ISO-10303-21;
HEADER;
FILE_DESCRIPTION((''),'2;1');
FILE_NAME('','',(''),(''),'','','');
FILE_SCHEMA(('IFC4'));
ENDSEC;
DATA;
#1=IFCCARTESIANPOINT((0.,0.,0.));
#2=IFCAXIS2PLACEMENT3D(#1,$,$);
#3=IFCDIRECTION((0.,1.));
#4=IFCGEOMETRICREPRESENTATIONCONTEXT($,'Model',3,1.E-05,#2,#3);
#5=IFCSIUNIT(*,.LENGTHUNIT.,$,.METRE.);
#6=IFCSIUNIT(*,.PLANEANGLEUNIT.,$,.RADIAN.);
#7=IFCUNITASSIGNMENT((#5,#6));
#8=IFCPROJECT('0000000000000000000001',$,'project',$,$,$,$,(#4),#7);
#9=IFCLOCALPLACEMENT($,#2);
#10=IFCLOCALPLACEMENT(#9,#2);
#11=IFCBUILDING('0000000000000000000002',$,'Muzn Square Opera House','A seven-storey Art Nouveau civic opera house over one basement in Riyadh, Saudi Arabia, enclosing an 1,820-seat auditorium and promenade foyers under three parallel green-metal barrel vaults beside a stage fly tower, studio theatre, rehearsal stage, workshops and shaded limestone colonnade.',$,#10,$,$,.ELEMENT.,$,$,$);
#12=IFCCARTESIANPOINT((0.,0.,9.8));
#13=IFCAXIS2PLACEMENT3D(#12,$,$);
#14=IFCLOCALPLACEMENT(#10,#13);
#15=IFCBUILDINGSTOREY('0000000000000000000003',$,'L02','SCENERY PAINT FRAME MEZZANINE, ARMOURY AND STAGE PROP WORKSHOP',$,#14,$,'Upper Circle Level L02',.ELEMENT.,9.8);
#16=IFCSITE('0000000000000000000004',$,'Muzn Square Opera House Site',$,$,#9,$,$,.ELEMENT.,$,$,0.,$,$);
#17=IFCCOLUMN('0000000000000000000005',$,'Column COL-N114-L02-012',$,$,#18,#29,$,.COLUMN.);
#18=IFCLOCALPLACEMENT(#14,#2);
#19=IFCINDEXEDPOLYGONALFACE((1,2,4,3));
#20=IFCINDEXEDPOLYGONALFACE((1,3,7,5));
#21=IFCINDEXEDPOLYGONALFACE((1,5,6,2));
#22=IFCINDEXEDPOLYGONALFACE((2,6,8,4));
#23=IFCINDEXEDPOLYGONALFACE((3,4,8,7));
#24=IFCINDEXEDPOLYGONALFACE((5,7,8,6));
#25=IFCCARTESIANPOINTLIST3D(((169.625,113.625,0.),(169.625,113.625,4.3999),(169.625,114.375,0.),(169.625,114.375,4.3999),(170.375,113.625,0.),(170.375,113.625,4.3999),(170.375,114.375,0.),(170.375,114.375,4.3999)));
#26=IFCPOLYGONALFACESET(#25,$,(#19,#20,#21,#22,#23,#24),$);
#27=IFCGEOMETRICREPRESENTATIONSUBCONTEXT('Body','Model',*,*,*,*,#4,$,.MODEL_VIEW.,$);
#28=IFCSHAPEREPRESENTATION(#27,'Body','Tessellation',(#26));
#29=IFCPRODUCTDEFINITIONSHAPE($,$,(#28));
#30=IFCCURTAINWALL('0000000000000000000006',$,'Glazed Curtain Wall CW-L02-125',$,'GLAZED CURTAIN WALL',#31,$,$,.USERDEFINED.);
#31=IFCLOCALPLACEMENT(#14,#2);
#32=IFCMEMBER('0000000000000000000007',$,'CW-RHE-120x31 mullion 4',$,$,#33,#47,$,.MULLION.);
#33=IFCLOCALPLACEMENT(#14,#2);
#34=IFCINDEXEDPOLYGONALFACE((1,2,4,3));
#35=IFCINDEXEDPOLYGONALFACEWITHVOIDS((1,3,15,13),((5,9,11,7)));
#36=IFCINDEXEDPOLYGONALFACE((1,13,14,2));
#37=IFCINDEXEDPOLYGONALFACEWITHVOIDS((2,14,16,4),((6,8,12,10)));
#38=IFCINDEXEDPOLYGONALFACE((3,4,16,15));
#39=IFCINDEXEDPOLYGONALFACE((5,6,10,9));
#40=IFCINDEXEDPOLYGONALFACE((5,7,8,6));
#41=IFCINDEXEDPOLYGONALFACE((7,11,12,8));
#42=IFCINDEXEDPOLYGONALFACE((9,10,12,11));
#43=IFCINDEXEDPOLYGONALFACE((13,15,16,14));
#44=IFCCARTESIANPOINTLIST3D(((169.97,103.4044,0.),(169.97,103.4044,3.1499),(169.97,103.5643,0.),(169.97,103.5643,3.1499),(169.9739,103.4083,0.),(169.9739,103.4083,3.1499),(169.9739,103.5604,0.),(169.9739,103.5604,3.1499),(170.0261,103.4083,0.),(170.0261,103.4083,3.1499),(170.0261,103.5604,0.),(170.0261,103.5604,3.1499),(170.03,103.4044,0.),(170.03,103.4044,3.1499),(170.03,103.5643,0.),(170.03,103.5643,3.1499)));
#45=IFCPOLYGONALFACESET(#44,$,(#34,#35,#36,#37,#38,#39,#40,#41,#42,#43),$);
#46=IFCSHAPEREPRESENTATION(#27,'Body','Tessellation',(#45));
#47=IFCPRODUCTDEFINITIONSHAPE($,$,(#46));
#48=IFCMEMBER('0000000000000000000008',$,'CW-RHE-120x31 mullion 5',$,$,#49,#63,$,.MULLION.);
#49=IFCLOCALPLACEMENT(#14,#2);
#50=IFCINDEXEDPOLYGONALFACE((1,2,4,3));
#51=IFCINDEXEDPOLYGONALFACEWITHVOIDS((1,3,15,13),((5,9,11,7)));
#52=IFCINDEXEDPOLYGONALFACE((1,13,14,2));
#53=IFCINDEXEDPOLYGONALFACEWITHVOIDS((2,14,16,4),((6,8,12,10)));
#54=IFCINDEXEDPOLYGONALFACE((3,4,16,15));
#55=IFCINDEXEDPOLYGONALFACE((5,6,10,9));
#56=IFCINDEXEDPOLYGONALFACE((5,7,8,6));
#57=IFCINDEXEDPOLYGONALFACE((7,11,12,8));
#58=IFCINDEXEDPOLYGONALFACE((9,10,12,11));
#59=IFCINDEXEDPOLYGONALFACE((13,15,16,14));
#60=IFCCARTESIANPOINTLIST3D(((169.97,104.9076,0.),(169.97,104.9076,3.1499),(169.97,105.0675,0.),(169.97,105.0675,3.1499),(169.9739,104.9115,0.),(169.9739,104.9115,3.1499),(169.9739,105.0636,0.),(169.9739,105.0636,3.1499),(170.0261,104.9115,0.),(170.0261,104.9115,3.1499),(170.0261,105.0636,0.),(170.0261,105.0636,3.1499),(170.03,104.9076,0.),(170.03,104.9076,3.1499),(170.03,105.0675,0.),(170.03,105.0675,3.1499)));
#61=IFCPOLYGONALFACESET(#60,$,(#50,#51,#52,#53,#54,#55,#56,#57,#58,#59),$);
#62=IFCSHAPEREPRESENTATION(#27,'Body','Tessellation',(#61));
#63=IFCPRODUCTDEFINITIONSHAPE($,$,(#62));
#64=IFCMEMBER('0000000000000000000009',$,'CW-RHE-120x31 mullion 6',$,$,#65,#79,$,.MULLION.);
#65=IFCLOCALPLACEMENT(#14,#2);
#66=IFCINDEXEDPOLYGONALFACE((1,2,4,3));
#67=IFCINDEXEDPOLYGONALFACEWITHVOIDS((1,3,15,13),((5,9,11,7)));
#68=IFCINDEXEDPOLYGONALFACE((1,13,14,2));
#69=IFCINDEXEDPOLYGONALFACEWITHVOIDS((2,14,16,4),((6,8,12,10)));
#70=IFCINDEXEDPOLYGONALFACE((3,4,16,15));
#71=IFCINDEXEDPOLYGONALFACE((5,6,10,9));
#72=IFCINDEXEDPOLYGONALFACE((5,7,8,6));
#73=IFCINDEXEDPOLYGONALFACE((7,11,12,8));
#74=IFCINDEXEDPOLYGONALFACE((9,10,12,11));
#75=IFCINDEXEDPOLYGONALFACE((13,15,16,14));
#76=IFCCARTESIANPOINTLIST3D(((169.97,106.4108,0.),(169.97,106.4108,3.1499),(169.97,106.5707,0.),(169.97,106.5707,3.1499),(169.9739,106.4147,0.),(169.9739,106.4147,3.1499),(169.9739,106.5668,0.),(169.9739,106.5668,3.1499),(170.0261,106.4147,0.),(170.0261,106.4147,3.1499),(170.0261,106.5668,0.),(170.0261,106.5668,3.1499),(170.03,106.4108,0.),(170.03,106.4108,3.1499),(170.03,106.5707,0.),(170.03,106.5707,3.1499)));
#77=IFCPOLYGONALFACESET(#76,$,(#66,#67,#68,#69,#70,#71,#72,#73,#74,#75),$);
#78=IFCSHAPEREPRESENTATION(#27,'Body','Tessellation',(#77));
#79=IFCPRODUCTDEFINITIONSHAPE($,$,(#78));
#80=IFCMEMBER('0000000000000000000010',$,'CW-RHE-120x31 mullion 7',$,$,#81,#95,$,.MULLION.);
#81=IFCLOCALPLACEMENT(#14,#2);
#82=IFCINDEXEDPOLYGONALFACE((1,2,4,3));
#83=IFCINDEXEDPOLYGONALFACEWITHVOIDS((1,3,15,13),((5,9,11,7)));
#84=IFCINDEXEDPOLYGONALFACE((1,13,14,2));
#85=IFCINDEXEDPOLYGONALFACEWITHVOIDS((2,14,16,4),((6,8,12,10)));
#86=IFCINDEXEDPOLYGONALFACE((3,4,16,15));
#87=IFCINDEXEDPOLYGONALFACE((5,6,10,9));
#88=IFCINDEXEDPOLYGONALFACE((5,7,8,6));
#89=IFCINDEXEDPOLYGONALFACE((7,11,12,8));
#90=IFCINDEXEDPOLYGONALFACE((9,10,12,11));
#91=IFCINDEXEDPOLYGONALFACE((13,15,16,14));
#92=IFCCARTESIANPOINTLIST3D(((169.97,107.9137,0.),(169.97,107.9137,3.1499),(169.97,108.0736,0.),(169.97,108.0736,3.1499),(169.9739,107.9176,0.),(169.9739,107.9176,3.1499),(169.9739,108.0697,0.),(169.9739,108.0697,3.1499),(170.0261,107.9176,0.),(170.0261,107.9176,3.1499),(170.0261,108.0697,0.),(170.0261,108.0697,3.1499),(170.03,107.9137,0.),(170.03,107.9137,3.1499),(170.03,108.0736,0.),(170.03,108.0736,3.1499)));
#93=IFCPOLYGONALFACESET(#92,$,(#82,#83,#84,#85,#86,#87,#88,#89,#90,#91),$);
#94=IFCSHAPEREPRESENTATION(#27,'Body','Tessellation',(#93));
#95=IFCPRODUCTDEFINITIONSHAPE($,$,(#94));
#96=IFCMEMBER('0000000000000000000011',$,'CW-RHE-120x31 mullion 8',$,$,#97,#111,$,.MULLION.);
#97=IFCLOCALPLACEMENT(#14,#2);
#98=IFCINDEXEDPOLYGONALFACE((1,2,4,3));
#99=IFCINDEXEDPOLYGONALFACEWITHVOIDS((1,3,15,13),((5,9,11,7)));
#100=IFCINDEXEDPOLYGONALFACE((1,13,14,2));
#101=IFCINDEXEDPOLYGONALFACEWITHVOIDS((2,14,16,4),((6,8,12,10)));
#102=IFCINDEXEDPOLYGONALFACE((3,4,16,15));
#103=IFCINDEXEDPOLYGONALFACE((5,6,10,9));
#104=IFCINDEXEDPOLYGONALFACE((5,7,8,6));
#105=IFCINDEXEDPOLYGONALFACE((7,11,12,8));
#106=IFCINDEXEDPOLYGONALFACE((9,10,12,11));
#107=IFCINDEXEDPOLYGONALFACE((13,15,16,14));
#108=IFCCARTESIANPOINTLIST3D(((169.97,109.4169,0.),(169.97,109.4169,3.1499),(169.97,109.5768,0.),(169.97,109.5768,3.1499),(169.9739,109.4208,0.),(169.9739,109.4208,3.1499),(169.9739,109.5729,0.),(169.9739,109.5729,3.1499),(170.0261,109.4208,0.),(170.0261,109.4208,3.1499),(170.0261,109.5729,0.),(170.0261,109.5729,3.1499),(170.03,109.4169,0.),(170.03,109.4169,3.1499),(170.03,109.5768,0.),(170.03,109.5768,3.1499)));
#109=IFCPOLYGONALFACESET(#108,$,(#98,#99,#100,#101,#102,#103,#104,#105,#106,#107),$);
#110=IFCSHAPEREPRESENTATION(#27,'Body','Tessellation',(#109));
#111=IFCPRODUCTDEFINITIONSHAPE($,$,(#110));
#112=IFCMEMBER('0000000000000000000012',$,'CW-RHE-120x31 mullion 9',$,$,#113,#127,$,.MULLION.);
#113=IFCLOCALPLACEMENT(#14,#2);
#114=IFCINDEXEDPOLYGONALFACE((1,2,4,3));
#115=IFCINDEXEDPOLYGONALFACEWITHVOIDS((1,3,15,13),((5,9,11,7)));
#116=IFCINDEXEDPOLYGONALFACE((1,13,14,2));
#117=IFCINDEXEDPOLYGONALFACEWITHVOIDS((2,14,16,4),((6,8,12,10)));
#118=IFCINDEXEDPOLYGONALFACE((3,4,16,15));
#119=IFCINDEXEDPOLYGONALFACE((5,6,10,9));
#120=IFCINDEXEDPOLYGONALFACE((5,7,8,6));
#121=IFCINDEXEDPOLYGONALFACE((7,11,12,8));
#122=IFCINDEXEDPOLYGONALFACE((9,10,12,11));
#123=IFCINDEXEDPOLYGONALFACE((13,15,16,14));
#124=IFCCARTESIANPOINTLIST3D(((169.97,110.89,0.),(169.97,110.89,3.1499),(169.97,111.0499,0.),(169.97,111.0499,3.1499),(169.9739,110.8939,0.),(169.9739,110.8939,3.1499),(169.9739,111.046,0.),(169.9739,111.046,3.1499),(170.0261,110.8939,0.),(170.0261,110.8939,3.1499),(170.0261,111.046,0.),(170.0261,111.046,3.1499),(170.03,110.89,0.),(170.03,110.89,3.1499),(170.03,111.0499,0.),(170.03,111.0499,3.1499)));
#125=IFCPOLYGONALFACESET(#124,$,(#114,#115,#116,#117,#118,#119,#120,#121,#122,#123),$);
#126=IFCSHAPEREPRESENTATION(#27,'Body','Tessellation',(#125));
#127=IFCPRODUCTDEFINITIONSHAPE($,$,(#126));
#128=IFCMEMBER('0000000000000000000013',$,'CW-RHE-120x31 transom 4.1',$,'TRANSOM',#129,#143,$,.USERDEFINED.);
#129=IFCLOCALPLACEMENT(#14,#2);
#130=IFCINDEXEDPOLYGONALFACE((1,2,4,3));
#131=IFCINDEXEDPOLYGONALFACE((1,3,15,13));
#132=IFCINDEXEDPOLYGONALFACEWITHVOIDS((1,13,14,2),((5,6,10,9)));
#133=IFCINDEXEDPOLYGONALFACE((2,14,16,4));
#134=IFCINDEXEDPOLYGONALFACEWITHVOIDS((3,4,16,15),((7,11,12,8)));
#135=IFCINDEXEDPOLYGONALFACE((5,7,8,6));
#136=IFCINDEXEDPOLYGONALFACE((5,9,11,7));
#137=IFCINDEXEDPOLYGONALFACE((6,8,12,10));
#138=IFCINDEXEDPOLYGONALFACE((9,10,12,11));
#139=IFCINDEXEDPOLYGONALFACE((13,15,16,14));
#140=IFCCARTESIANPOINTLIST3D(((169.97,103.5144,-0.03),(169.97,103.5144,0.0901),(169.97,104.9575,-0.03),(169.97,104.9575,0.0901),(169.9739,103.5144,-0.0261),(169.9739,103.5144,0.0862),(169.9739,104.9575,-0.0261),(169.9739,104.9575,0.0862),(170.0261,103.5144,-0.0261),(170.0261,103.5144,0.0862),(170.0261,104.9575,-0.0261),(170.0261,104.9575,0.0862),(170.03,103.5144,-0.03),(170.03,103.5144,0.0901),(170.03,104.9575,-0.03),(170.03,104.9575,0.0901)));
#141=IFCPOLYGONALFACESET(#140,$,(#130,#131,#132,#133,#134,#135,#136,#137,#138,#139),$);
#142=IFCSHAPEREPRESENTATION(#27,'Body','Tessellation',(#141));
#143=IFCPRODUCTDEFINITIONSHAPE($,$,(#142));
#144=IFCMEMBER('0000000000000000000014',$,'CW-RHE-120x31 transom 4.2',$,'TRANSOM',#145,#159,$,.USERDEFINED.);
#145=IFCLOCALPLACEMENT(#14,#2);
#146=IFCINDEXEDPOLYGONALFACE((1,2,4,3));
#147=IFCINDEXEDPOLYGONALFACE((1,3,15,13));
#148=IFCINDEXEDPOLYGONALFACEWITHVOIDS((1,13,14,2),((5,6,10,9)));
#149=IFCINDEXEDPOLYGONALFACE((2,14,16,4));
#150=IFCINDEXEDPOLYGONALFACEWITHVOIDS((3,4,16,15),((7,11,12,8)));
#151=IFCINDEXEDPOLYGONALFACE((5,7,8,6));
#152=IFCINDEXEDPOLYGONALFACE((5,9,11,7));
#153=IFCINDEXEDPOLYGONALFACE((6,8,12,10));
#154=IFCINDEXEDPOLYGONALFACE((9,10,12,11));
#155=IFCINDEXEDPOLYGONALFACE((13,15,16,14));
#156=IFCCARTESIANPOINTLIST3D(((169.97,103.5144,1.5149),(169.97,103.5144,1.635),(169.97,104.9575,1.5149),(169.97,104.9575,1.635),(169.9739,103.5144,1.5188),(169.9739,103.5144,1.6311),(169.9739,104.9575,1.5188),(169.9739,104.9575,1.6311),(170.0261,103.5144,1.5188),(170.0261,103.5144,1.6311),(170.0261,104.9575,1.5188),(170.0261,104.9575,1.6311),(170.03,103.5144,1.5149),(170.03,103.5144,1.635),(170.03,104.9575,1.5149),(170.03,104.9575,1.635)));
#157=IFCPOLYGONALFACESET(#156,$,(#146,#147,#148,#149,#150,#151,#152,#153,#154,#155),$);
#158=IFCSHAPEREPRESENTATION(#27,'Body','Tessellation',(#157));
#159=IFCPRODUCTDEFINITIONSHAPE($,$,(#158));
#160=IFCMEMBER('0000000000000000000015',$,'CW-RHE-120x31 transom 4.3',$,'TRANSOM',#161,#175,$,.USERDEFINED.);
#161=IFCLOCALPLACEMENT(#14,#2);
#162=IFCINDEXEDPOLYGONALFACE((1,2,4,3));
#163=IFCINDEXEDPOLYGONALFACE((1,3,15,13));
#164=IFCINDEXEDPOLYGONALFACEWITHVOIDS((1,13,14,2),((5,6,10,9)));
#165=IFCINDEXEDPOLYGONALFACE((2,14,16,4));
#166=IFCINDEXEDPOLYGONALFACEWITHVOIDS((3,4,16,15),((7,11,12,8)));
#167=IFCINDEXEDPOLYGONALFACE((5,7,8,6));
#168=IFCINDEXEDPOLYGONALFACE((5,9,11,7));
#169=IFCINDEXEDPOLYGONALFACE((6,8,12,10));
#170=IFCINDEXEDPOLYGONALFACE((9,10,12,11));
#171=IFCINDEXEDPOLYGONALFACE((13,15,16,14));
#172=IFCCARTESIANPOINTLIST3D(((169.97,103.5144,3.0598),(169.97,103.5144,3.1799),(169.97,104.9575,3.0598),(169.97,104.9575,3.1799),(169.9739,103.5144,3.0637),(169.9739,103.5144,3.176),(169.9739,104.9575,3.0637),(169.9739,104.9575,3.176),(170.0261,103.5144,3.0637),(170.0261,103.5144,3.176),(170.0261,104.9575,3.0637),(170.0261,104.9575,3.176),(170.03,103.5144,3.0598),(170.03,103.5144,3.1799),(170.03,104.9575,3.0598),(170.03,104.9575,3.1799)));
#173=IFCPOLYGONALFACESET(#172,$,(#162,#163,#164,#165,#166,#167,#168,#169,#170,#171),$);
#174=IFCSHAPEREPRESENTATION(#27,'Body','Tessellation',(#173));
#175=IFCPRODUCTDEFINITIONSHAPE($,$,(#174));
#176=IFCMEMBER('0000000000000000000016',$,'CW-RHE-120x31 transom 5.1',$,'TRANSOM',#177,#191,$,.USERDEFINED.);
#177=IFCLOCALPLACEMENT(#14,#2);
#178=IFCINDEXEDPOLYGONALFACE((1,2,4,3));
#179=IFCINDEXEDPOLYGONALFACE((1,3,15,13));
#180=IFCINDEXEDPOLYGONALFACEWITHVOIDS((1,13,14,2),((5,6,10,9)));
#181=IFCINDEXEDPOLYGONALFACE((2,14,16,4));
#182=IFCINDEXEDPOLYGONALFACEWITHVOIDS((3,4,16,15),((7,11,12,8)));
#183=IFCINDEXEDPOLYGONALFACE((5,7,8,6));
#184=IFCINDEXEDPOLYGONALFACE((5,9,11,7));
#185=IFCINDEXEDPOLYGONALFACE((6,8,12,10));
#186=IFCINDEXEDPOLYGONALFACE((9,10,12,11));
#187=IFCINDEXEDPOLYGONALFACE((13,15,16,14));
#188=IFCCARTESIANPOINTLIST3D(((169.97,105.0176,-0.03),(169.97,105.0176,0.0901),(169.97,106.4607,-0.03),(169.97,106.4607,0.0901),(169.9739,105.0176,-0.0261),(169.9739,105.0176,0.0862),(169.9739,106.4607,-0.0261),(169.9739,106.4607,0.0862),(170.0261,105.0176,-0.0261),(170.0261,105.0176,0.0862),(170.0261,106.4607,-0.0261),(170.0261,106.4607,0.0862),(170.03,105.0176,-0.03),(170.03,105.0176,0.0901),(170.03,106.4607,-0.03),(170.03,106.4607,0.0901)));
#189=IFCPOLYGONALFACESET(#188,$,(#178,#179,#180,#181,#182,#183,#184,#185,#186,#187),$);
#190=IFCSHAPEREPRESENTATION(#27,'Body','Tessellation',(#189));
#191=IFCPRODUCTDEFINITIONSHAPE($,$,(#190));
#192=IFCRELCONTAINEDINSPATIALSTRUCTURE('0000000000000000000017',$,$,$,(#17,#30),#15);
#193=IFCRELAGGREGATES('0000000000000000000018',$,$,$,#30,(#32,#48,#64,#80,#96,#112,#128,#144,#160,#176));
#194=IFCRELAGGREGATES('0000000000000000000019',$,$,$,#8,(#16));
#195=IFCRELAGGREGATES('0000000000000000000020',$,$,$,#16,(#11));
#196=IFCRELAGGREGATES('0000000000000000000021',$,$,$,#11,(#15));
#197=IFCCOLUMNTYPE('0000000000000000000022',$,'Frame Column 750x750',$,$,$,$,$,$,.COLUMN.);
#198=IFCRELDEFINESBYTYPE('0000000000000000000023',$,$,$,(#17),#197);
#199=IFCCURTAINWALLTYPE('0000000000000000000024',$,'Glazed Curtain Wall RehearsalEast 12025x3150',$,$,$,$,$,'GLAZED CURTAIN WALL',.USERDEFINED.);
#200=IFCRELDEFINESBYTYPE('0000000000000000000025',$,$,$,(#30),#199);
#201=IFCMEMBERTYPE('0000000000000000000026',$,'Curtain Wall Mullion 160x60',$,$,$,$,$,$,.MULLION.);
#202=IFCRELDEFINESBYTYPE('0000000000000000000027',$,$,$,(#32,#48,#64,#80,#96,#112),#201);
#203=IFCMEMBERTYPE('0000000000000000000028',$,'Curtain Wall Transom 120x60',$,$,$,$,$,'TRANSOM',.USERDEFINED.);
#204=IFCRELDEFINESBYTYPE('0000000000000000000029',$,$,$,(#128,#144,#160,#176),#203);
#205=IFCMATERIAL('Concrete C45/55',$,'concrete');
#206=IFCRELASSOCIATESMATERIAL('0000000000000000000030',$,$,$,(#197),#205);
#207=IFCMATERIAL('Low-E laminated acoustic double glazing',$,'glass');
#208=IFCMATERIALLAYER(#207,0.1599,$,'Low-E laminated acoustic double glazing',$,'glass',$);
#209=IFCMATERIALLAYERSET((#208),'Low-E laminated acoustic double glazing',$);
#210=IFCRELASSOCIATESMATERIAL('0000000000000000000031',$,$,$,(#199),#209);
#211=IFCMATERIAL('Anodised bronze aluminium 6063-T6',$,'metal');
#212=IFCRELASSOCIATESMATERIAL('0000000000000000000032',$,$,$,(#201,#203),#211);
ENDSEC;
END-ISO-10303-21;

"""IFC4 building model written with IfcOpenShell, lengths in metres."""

from ifc_helpers import new_model, si_unit, direction, frame, origin, origin_2d, place, context, subcontext, project, spatial, rectangle, hollow_rectangle, extrude, material, layer, layer_set, material_profile, profile_set, type_object, element, aggregate, save


model = new_model("IFC4")

# Units and contexts
model_context = context("Model", 3, precision=1e-05, world=origin(), true_north=direction((0.0, 1.0)))
body_context = subcontext(model_context, "Body", "Model", "MODEL_VIEW")
ifc_project = project(units=[si_unit("LENGTHUNIT", "METRE"), si_unit("PLANEANGLEUNIT", "RADIAN")], contexts=[model_context])

# Site, building, storey
site_placement = place(None, origin())
site = spatial("IfcSite", under=ifc_project, at=site_placement, Name="Muzn Square Opera House Site", CompositionType="ELEMENT", RefElevation=0.0)
building_placement = place(site_placement, origin())
building = spatial("IfcBuilding", under=site, at=building_placement, Name="Muzn Square Opera House", Description="A seven-storey Art Nouveau civic opera house over one basement in Riyadh, Saudi Arabia, enclosing an 1,820-seat auditorium and promenade foyers under three parallel green-metal barrel vaults beside a stage fly tower, studio theatre, rehearsal stage, workshops and shaded limestone colonnade.", CompositionType="ELEMENT")
storey_placement = place(building_placement, frame((0.0, 0.0, 9.8)))
storey = spatial("IfcBuildingStorey", under=building, at=storey_placement, Name="L02", Description="SCENERY PAINT FRAME MEZZANINE, ARMOURY AND STAGE PROP WORKSHOP", LongName="Upper Circle Level L02", CompositionType="ELEMENT", Elevation=9.8)

# Column
ifc_material_1 = material(Name="Concrete C45/55", Category="concrete")
ifc_material_profile_1 = material_profile(ifc_material_1, rectangle(XDim=0.75, YDim=0.75, at=origin_2d()), Name="RC 750x750", Category="concrete")
ifc_profile_set_1 = profile_set([ifc_material_profile_1], Name="Concrete C45/55")
column_type = type_object("IfcColumnType", Name="Frame Column 750x750", PredefinedType="COLUMN", material=ifc_profile_set_1)
column_placement = place(storey_placement, frame((170.0, 114.0, 0.0), z_axis=(0.0, 0.0, 1.0), x_axis=(1.0, 0.0, 0.0)))
element("IfcColumn", 1, at=column_placement, inside=storey, type_object=column_type, Name="Column COL-N114-L02-012", PredefinedType="COLUMN", context=body_context, shape_type="SweptSolid", body=[
    extrude(rectangle(XDim=0.75, YDim=0.75, at=origin_2d()), origin(), (0.0, 0.0, 1.0), 4.3999),
])

# Curtain wall, members
ifc_material_2 = material(Name="Low-E laminated acoustic double glazing", Category="glass")
ifc_layer_1 = layer(ifc_material_2, 0.1599, Name="Low-E laminated acoustic double glazing", Category="glass")
ifc_layer_set_1 = layer_set([ifc_layer_1], Name="Low-E laminated acoustic double glazing")
curtain_wall_type = type_object("IfcCurtainWallType", Name="Glazed Curtain Wall RehearsalEast 12025x3150", ElementType="GLAZED CURTAIN WALL", PredefinedType="USERDEFINED", material=ifc_layer_set_1)
curtain_wall_placement = place(storey_placement, origin())
curtain_wall = element("IfcCurtainWall", 2, at=curtain_wall_placement, inside=storey, type_object=curtain_wall_type, Name="Glazed Curtain Wall CW-L02-125", ObjectType="GLAZED CURTAIN WALL", PredefinedType="USERDEFINED")
ifc_material_3 = material(Name="Anodised bronze aluminium 6063-T6", Category="metal")
ifc_material_profile_2 = material_profile(ifc_material_3, hollow_rectangle(XDim=0.0601, YDim=0.1599, WallThickness=0.0039, at=origin_2d()), Name="ALU 160x60x4", Category="metal")
ifc_profile_set_2 = profile_set([ifc_material_profile_2], Name="Anodised bronze aluminium 6063-T6")
member_type_1 = type_object("IfcMemberType", Name="Curtain Wall Mullion 160x60", PredefinedType="MULLION", material=ifc_profile_set_2)
member_1_placement = place(storey_placement, frame((170.0, 103.4844, 0.0), z_axis=(0.0, 0.0, 1.0), x_axis=(-1.0, 0.0, 0.0)))
member_1 = element("IfcMember", 3, at=member_1_placement, type_object=member_type_1, Name="CW-RHE-120x31 mullion 4", PredefinedType="MULLION", context=body_context, shape_type="SweptSolid", body=[
    extrude(hollow_rectangle(XDim=0.0601, YDim=0.1599, WallThickness=0.0039, at=origin_2d()), origin(), (0.0, 0.0, 1.0), 3.1499),
])
member_2_placement = place(storey_placement, frame((170.0, 104.9875, 0.0), z_axis=(0.0, 0.0, 1.0), x_axis=(-1.0, 0.0, 0.0)))
member_2 = element("IfcMember", 4, at=member_2_placement, type_object=member_type_1, Name="CW-RHE-120x31 mullion 5", PredefinedType="MULLION", context=body_context, shape_type="SweptSolid", body=[
    extrude(hollow_rectangle(XDim=0.0601, YDim=0.1599, WallThickness=0.0039, at=origin_2d()), origin(), (0.0, 0.0, 1.0), 3.1499),
])
member_3_placement = place(storey_placement, frame((170.0, 106.4907, 0.0), z_axis=(0.0, 0.0, 1.0), x_axis=(-1.0, 0.0, 0.0)))
member_3 = element("IfcMember", 5, at=member_3_placement, type_object=member_type_1, Name="CW-RHE-120x31 mullion 6", PredefinedType="MULLION", context=body_context, shape_type="SweptSolid", body=[
    extrude(hollow_rectangle(XDim=0.0601, YDim=0.1599, WallThickness=0.0039, at=origin_2d()), origin(), (0.0, 0.0, 1.0), 3.1499),
])
member_4_placement = place(storey_placement, frame((170.0, 107.9937, 0.0), z_axis=(0.0, 0.0, 1.0), x_axis=(-1.0, 0.0, 0.0)))
member_4 = element("IfcMember", 6, at=member_4_placement, type_object=member_type_1, Name="CW-RHE-120x31 mullion 7", PredefinedType="MULLION", context=body_context, shape_type="SweptSolid", body=[
    extrude(hollow_rectangle(XDim=0.0601, YDim=0.1599, WallThickness=0.0039, at=origin_2d()), origin(), (0.0, 0.0, 1.0), 3.1499),
])
member_5_placement = place(storey_placement, frame((170.0, 109.4968, 0.0), z_axis=(0.0, 0.0, 1.0), x_axis=(-1.0, 0.0, 0.0)))
member_5 = element("IfcMember", 7, at=member_5_placement, type_object=member_type_1, Name="CW-RHE-120x31 mullion 8", PredefinedType="MULLION", context=body_context, shape_type="SweptSolid", body=[
    extrude(hollow_rectangle(XDim=0.0601, YDim=0.1599, WallThickness=0.0039, at=origin_2d()), origin(), (0.0, 0.0, 1.0), 3.1499),
])
member_6_placement = place(storey_placement, frame((170.0, 110.97, 0.0), z_axis=(0.0, 0.0, 1.0), x_axis=(-1.0, 0.0, 0.0)))
member_6 = element("IfcMember", 8, at=member_6_placement, type_object=member_type_1, Name="CW-RHE-120x31 mullion 9", PredefinedType="MULLION", context=body_context, shape_type="SweptSolid", body=[
    extrude(hollow_rectangle(XDim=0.0601, YDim=0.1599, WallThickness=0.0039, at=origin_2d()), origin(), (0.0, 0.0, 1.0), 3.1499),
])
ifc_material_profile_3 = material_profile(ifc_material_3, hollow_rectangle(XDim=0.0601, YDim=0.1201, WallThickness=0.0039, at=origin_2d()), Name="ALU 120x60x4", Category="metal")
ifc_profile_set_3 = profile_set([ifc_material_profile_3], Name="Anodised bronze aluminium 6063-T6")
member_type_2 = type_object("IfcMemberType", Name="Curtain Wall Transom 120x60", ElementType="TRANSOM", PredefinedType="USERDEFINED", material=ifc_profile_set_3)
member_7_placement = place(storey_placement, frame((170.0, 103.5144, 0.03), z_axis=(0.0, 1.0, 0.0), x_axis=(-1.0, 0.0, 0.0)))
member_7 = element("IfcMember", 9, at=member_7_placement, type_object=member_type_2, Name="CW-RHE-120x31 transom 4.1", ObjectType="TRANSOM", PredefinedType="USERDEFINED", context=body_context, shape_type="SweptSolid", body=[
    extrude(hollow_rectangle(XDim=0.0601, YDim=0.1201, WallThickness=0.0039, at=origin_2d()), origin(), (0.0, 0.0, 1.0), 1.4431),
])
member_8_placement = place(storey_placement, frame((170.0, 103.5144, 1.575), z_axis=(0.0, 1.0, 0.0), x_axis=(-1.0, 0.0, 0.0)))
member_8 = element("IfcMember", 10, at=member_8_placement, type_object=member_type_2, Name="CW-RHE-120x31 transom 4.2", ObjectType="TRANSOM", PredefinedType="USERDEFINED", context=body_context, shape_type="SweptSolid", body=[
    extrude(hollow_rectangle(XDim=0.0601, YDim=0.1201, WallThickness=0.0039, at=origin_2d()), origin(), (0.0, 0.0, 1.0), 1.4431),
])
member_9_placement = place(storey_placement, frame((170.0, 103.5144, 3.1199), z_axis=(0.0, 1.0, 0.0), x_axis=(-1.0, 0.0, 0.0)))
member_9 = element("IfcMember", 11, at=member_9_placement, type_object=member_type_2, Name="CW-RHE-120x31 transom 4.3", ObjectType="TRANSOM", PredefinedType="USERDEFINED", context=body_context, shape_type="SweptSolid", body=[
    extrude(hollow_rectangle(XDim=0.0601, YDim=0.1201, WallThickness=0.0039, at=origin_2d()), origin(), (0.0, 0.0, 1.0), 1.4431),
])
member_10_placement = place(storey_placement, frame((170.0, 105.0176, 0.03), z_axis=(0.0, 1.0, 0.0), x_axis=(-1.0, 0.0, 0.0)))
member_10 = element("IfcMember", 12, at=member_10_placement, type_object=member_type_2, Name="CW-RHE-120x31 transom 5.1", ObjectType="TRANSOM", PredefinedType="USERDEFINED", context=body_context, shape_type="SweptSolid", body=[
    extrude(hollow_rectangle(XDim=0.0601, YDim=0.1201, WallThickness=0.0039, at=origin_2d()), origin(), (0.0, 0.0, 1.0), 1.4431),
])
aggregate(curtain_wall, [member_1, member_2, member_3, member_4, member_5, member_6, member_7, member_8, member_9, member_10])

save(model, "model.ifc")
